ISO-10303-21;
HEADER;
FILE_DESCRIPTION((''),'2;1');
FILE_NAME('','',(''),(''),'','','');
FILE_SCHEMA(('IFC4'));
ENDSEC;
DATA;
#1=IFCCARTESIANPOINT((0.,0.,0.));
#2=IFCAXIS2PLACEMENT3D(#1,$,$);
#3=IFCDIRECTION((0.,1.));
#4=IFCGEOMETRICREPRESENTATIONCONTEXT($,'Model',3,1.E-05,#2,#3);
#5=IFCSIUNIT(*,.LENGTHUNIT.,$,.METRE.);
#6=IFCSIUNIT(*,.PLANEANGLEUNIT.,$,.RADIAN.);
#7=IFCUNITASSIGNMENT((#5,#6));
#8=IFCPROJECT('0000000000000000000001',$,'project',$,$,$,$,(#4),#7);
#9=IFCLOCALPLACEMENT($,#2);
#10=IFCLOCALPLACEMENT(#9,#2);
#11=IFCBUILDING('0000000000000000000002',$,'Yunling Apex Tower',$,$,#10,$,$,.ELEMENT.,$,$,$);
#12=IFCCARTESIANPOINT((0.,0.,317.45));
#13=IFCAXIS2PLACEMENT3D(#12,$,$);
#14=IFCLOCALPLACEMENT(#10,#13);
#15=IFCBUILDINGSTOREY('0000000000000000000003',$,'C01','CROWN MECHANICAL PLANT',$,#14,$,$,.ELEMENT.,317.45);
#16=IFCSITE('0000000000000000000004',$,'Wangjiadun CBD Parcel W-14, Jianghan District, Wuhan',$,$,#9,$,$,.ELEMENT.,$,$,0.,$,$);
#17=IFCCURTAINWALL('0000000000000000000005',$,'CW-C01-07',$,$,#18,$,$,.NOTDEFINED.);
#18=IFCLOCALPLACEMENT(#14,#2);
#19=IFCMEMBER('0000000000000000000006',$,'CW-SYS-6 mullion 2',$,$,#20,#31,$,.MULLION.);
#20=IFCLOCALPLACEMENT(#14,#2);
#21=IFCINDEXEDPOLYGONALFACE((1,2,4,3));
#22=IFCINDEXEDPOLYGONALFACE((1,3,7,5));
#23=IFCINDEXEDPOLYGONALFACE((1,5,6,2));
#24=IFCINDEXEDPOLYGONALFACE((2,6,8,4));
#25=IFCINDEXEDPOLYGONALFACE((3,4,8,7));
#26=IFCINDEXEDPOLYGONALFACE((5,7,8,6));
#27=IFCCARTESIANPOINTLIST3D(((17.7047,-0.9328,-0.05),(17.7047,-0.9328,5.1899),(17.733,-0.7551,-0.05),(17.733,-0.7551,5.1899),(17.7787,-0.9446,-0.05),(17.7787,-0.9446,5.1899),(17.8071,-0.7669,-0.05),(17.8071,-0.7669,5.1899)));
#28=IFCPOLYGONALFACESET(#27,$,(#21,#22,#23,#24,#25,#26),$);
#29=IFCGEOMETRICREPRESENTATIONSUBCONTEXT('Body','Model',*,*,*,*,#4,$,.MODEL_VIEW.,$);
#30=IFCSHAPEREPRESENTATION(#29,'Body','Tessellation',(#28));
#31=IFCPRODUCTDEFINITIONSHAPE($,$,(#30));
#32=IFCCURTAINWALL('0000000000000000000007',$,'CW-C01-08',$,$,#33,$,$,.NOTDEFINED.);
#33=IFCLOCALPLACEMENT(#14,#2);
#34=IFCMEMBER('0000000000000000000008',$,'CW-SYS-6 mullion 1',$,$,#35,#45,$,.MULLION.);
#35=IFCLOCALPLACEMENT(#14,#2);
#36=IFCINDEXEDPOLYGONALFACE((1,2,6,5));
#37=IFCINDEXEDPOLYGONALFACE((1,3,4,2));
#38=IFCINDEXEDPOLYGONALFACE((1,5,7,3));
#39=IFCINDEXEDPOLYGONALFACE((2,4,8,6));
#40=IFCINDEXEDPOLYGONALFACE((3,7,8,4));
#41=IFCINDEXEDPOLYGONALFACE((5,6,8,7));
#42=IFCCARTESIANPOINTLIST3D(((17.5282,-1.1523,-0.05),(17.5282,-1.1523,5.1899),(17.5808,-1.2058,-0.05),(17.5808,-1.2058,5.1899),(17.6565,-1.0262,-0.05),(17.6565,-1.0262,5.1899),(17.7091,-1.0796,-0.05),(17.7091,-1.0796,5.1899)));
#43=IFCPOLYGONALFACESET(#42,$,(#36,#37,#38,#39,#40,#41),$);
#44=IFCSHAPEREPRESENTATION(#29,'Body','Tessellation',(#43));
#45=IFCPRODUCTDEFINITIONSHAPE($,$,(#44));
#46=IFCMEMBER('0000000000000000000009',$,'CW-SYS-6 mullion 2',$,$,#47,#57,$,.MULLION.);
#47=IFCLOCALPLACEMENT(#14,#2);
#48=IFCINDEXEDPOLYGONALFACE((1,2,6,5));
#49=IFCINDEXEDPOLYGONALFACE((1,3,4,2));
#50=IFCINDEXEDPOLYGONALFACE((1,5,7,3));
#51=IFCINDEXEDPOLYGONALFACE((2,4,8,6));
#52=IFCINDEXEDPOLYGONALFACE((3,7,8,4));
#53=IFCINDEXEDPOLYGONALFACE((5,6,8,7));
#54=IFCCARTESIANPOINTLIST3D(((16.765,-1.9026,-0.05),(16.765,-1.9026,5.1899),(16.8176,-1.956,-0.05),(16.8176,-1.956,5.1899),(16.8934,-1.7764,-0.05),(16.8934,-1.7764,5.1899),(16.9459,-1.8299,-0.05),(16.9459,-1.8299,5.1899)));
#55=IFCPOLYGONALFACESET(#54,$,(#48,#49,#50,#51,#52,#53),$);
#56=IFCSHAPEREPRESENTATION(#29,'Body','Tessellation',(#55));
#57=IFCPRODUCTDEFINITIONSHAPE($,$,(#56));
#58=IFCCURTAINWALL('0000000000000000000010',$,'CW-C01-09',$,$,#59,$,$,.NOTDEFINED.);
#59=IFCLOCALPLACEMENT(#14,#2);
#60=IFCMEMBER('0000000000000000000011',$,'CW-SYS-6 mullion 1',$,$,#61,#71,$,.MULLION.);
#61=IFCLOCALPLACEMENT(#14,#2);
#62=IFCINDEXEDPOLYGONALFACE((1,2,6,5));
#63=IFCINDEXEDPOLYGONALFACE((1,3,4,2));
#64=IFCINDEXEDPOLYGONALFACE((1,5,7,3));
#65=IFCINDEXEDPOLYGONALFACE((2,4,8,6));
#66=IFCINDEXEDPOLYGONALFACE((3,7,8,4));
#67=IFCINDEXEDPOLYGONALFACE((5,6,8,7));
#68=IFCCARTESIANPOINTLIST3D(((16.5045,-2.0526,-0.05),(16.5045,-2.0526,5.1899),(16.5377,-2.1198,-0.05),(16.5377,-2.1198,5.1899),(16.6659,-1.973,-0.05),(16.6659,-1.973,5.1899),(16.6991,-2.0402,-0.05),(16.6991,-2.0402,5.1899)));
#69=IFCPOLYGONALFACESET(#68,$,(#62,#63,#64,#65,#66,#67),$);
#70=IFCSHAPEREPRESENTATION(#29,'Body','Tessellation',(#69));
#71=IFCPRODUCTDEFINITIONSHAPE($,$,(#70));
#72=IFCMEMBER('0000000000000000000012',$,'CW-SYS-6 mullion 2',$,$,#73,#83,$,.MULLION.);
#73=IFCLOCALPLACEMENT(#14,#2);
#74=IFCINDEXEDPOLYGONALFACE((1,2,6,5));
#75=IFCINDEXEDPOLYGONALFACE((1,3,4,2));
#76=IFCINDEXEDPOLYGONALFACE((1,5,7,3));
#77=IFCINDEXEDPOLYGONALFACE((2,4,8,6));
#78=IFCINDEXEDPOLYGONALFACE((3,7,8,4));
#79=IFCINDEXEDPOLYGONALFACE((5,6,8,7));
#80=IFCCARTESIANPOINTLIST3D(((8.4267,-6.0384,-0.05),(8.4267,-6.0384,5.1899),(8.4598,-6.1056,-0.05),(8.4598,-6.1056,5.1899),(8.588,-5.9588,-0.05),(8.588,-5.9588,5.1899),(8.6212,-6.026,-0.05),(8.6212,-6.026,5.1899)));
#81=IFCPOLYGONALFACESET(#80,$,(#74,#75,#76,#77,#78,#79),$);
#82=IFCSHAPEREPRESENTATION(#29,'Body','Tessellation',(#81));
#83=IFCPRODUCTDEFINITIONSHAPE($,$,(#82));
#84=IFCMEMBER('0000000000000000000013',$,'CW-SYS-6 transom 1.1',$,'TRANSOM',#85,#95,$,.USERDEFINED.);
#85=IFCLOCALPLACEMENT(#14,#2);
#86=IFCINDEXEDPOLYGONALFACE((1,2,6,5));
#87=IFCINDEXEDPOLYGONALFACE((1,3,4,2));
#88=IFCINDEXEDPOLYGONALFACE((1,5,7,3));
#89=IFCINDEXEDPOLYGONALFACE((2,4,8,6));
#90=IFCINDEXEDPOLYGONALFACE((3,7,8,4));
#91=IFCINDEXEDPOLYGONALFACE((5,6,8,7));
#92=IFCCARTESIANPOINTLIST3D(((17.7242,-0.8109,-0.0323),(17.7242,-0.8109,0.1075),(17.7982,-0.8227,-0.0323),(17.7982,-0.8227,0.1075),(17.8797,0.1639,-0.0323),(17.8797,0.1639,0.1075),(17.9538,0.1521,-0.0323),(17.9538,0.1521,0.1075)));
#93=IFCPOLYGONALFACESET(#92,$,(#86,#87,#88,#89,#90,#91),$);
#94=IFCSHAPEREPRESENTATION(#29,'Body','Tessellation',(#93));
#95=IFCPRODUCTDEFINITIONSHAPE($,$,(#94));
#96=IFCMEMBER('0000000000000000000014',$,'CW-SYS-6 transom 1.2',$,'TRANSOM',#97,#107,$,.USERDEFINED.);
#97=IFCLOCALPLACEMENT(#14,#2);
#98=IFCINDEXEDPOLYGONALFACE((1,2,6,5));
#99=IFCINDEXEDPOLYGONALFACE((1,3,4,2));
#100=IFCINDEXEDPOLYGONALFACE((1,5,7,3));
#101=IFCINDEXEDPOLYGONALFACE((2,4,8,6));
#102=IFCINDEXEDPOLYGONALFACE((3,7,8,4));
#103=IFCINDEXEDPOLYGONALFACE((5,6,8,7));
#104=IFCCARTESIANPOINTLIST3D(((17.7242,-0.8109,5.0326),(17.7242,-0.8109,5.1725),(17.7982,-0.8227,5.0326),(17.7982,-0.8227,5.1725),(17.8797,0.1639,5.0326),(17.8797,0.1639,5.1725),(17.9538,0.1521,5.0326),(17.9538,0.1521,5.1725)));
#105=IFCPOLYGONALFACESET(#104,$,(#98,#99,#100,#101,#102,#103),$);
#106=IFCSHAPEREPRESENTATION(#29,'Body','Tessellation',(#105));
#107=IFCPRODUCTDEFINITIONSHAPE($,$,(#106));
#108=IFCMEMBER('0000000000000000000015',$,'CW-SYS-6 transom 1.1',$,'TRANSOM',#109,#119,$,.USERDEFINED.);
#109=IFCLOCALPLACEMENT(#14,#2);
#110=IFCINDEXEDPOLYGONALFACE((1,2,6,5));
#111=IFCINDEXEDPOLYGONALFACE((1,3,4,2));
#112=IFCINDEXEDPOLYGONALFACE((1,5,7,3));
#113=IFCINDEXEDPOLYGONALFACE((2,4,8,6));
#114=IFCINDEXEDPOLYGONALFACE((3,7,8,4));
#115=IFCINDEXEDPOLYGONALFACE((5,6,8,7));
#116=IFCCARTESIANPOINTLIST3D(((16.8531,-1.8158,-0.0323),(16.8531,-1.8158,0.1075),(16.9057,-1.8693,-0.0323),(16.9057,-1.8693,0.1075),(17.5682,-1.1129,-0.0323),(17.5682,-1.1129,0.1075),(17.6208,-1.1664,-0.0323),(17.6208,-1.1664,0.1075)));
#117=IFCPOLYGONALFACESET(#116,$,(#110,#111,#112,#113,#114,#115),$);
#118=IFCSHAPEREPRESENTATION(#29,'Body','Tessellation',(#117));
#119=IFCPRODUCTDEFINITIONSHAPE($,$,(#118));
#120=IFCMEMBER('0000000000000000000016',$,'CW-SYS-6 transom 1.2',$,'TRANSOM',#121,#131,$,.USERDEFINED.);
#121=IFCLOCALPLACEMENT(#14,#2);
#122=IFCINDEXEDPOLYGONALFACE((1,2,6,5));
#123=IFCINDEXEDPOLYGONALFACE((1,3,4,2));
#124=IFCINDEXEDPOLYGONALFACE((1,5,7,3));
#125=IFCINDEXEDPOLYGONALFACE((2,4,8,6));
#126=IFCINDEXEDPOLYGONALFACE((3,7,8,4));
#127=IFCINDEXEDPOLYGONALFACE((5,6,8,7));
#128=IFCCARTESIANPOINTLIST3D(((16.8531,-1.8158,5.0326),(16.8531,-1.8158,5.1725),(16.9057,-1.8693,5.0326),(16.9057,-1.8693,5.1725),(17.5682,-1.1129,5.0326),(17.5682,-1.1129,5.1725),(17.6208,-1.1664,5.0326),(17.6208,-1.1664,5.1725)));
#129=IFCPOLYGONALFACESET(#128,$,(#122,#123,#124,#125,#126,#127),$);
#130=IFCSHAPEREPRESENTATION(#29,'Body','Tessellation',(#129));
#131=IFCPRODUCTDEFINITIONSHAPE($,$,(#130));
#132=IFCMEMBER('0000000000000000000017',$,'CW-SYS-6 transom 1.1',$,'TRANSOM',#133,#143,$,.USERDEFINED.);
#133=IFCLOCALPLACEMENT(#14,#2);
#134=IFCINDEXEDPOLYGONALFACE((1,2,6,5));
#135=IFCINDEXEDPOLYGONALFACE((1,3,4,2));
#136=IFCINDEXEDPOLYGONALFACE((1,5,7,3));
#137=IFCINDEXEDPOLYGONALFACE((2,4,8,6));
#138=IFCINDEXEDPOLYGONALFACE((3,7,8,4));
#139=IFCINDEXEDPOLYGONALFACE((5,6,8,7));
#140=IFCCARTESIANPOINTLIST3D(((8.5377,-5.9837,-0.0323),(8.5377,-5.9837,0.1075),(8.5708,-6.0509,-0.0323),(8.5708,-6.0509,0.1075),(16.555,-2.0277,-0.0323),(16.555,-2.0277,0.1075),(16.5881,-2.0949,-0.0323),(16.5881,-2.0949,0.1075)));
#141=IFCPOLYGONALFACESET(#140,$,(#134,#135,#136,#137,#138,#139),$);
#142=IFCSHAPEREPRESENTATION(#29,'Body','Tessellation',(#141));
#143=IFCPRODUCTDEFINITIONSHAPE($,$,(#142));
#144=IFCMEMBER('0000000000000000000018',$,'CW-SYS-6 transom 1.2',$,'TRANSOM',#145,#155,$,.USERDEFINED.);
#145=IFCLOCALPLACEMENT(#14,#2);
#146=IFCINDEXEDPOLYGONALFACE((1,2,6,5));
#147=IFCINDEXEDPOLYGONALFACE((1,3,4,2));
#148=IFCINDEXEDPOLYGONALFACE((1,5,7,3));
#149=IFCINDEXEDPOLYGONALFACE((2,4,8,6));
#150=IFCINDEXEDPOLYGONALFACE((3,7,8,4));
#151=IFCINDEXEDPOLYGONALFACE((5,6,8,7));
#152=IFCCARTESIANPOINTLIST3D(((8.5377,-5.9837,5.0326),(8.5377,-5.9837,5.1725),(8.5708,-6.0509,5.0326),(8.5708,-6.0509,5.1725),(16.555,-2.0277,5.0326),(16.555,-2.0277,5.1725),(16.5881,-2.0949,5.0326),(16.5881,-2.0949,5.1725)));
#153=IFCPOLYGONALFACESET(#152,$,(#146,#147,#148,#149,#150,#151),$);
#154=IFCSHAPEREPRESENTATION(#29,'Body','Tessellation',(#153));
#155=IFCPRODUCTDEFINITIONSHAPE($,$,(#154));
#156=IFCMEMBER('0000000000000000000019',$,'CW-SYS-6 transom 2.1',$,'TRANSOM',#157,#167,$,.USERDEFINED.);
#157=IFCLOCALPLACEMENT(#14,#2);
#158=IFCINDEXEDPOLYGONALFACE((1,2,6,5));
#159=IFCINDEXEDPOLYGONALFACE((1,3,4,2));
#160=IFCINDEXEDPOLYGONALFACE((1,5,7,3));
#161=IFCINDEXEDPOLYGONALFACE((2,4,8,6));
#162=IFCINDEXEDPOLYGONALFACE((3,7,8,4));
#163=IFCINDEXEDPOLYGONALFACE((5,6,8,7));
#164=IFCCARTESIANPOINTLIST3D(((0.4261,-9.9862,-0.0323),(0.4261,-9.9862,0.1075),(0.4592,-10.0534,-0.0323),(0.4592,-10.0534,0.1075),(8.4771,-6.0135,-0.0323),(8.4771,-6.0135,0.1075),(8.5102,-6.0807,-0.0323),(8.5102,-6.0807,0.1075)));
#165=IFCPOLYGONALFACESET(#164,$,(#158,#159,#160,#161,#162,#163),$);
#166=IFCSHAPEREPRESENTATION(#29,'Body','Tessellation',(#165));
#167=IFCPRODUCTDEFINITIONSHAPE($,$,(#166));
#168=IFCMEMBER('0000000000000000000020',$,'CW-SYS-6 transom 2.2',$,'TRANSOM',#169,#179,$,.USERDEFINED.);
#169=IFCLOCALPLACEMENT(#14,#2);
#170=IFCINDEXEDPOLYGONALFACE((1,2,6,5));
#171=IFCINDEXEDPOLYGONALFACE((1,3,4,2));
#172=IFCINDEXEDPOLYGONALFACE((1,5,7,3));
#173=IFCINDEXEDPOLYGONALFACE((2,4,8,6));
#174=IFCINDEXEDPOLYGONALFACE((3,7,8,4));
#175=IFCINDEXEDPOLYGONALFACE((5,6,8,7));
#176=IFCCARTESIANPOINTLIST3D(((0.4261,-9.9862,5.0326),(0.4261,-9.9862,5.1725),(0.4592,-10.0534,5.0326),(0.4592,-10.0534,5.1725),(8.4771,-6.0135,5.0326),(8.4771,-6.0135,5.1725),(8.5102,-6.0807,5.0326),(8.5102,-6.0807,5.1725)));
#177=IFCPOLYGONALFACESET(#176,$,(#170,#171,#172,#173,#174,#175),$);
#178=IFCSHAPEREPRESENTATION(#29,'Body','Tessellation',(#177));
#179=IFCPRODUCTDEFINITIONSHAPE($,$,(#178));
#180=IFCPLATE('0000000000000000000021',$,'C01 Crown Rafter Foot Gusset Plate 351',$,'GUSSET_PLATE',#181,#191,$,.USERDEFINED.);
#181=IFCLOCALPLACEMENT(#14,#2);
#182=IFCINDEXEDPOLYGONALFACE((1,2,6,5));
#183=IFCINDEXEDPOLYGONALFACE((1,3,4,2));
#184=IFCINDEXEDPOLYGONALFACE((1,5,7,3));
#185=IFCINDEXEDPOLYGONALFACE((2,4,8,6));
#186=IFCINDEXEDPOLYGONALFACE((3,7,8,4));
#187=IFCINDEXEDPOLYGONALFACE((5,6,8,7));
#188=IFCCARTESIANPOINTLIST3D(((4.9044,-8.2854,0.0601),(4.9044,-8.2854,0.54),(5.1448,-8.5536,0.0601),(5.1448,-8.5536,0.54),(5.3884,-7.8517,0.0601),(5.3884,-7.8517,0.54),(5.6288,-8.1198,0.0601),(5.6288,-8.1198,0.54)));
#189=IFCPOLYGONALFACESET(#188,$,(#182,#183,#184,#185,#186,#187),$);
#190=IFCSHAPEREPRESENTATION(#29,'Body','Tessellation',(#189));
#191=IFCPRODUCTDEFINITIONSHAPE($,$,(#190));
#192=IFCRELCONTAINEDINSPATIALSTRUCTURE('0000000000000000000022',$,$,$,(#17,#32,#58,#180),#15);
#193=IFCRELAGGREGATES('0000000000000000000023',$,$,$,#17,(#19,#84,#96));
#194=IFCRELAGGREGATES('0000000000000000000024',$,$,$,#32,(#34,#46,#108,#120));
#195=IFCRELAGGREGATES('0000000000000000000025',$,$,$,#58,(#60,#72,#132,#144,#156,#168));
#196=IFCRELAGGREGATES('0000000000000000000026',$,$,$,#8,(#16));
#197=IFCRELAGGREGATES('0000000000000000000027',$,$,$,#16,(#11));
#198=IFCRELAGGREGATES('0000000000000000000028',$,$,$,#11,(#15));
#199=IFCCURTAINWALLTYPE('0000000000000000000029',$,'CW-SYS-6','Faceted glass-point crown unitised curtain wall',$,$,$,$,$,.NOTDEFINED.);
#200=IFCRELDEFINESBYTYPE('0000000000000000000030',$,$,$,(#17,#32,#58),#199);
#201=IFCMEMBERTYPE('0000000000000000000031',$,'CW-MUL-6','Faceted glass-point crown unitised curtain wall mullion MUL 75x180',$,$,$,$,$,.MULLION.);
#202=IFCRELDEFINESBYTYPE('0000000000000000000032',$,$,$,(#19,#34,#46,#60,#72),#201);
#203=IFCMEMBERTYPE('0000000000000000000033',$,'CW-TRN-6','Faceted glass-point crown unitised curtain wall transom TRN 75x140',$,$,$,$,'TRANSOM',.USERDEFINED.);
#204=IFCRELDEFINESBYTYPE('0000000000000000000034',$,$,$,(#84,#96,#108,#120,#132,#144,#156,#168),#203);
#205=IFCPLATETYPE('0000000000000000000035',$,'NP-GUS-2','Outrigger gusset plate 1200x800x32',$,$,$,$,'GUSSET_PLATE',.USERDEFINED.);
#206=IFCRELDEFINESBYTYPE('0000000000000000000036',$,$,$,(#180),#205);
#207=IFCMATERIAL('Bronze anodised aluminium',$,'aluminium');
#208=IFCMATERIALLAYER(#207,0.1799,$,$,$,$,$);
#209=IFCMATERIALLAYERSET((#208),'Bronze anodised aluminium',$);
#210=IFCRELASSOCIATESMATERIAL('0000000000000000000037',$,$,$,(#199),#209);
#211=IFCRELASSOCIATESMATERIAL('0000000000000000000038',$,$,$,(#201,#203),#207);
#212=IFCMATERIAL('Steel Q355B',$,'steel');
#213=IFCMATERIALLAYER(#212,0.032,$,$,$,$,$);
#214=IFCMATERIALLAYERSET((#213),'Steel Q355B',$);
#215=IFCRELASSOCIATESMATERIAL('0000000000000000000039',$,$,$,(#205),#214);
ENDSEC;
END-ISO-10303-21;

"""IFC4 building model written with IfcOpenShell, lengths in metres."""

from ifc_helpers import new_model, si_unit, direction, frame, origin, origin_2d, place, context, subcontext, project, spatial, rectangle, extrude, source, transform, mapped, material, layer, layer_set, material_profile, profile_set, type_object, element, aggregate, save


model = new_model("IFC4")

# Units and contexts
model_context = context("Model", 3, precision=1e-05, world=origin(), true_north=direction((0.0, 1.0)))
body_context = subcontext(model_context, "Body", "Model", "MODEL_VIEW")
ifc_project = project(units=[si_unit("LENGTHUNIT", "METRE"), si_unit("PLANEANGLEUNIT", "RADIAN")], contexts=[model_context])

# Site, building, storey
site_placement = place(None, origin())
site = spatial("IfcSite", under=ifc_project, at=site_placement, Name="Wangjiadun CBD Parcel W-14, Jianghan District, Wuhan", CompositionType="ELEMENT", RefElevation=0.0)
building_placement = place(site_placement, origin())
building = spatial("IfcBuilding", under=site, at=building_placement, Name="Yunling Apex Tower", CompositionType="ELEMENT")
storey_placement = place(building_placement, frame((0.0, 0.0, 317.45)))
storey = spatial("IfcBuildingStorey", under=building, at=storey_placement, Name="C01", Description="CROWN MECHANICAL PLANT", CompositionType="ELEMENT", Elevation=317.45)

# Shared definitions
ifc_material_1 = material(Name="Steel Q355B", Category="steel")

# Curtain wall, member
ifc_material_2 = material(Name="Bronze anodised aluminium", Category="aluminium")
ifc_layer_1 = layer(ifc_material_2, 0.1799)
ifc_layer_set_1 = layer_set([ifc_layer_1], Name="Bronze anodised aluminium")
curtain_wall_type = type_object("IfcCurtainWallType", Name="CW-SYS-6", Description="Faceted glass-point crown unitised curtain wall", PredefinedType="NOTDEFINED", material=ifc_layer_set_1)
curtain_wall_1_placement = place(storey_placement, origin())
curtain_wall_1 = element("IfcCurtainWall", 1, at=curtain_wall_1_placement, inside=storey, type_object=curtain_wall_type, Name="CW-C01-07", PredefinedType="NOTDEFINED")
ifc_material_profile_1 = material_profile(ifc_material_2, rectangle(XDim=0.075, YDim=0.1799, at=origin_2d()))
ifc_profile_set_1 = profile_set([ifc_material_profile_1], Name="Bronze anodised aluminium")
member_type_1 = type_object("IfcMemberType", Name="CW-MUL-6", Description="Faceted glass-point crown unitised curtain wall mullion MUL 75x180", PredefinedType="MULLION", material=ifc_profile_set_1)
shared_shape_1 = source(origin(), body_context, "Body", "SweptSolid", [
    extrude(rectangle(XDim=0.075, YDim=0.1799, at=origin_2d()), origin(), (0.0, 0.0, 1.0), 5.24),
])
member_1_placement = place(storey_placement, frame((17.7559, -0.8499, -0.05), z_axis=(0.0, 0.0, 1.0), x_axis=(0.987473, -0.15779, 0.0)))
member_1 = element("IfcMember", 2, at=member_1_placement, type_object=member_type_1, Name="CW-SYS-6 mullion 2", PredefinedType="MULLION", context=body_context, shape_type="MappedRepresentation", body=[
    mapped(shared_shape_1, transform((0.0, 0.0, 0.0), scale=1.0)),
])

# Curtain walls, members
curtain_wall_2_placement = place(storey_placement, origin())
curtain_wall_2 = element("IfcCurtainWall", 3, at=curtain_wall_2_placement, inside=storey, type_object=curtain_wall_type, Name="CW-C01-08", PredefinedType="NOTDEFINED")
member_2_placement = place(storey_placement, frame((17.6187, -1.116, -0.05), z_axis=(0.0, 0.0, 1.0), x_axis=(0.701056, -0.713106, 0.0)))
member_2 = element("IfcMember", 4, at=member_2_placement, type_object=member_type_1, Name="CW-SYS-6 mullion 1", PredefinedType="MULLION", context=body_context, shape_type="MappedRepresentation", body=[
    mapped(shared_shape_1, transform((0.0, 0.0, 0.0), scale=1.0)),
])
member_3_placement = place(storey_placement, frame((16.8555, -1.8662, -0.05), z_axis=(0.0, 0.0, 1.0), x_axis=(0.701056, -0.713106, 0.0)))
member_3 = element("IfcMember", 5, at=member_3_placement, type_object=member_type_1, Name="CW-SYS-6 mullion 2", PredefinedType="MULLION", context=body_context, shape_type="MappedRepresentation", body=[
    mapped(shared_shape_1, transform((0.0, 0.0, 0.0), scale=1.0)),
])
curtain_wall_3_placement = place(storey_placement, origin())
curtain_wall_3 = element("IfcCurtainWall", 6, at=curtain_wall_3_placement, inside=storey, type_object=curtain_wall_type, Name="CW-C01-09", PredefinedType="NOTDEFINED")
member_4_placement = place(storey_placement, frame((16.6018, -2.0464, -0.05), z_axis=(0.0, 0.0, 1.0), x_axis=(0.442496, -0.89677, 0.0)))
member_4 = element("IfcMember", 7, at=member_4_placement, type_object=member_type_1, Name="CW-SYS-6 mullion 1", PredefinedType="MULLION", context=body_context, shape_type="MappedRepresentation", body=[
    mapped(shared_shape_1, transform((0.0, 0.0, 0.0), scale=1.0)),
])
member_5_placement = place(storey_placement, frame((8.5239, -6.0322, -0.05), z_axis=(0.0, 0.0, 1.0), x_axis=(0.442496, -0.89677, 0.0)))
member_5 = element("IfcMember", 8, at=member_5_placement, type_object=member_type_1, Name="CW-SYS-6 mullion 2", PredefinedType="MULLION", context=body_context, shape_type="MappedRepresentation", body=[
    mapped(shared_shape_1, transform((0.0, 0.0, 0.0), scale=1.0)),
])

# Members
ifc_material_profile_2 = material_profile(ifc_material_2, rectangle(XDim=0.075, YDim=0.1399, at=origin_2d()))
ifc_profile_set_2 = profile_set([ifc_material_profile_2], Name="Bronze anodised aluminium")
member_type_2 = type_object("IfcMemberType", Name="CW-TRN-6", Description="Faceted glass-point crown unitised curtain wall transom TRN 75x140", ElementType="TRANSOM", PredefinedType="USERDEFINED", material=ifc_profile_set_2)
shared_shape_2 = source(origin(), body_context, "Body", "SweptSolid", [
    extrude(rectangle(XDim=0.075, YDim=0.1399, at=origin_2d()), origin(), (0.0, 0.0, 1.0), 0.9871),
])
member_6_placement = place(storey_placement, frame((17.9167, 0.158, 0.0376), z_axis=(-0.157576, -0.987507, 0.0), x_axis=(0.987507, -0.157576, 0.0)))
member_6 = element("IfcMember", 9, at=member_6_placement, type_object=member_type_2, Name="CW-SYS-6 transom 1.1", ObjectType="TRANSOM", PredefinedType="USERDEFINED", context=body_context, shape_type="MappedRepresentation", body=[
    mapped(shared_shape_2, transform((0.0, 0.0, 0.0), scale=1.0)),
])
member_7_placement = place(storey_placement, frame((17.9167, 0.158, 5.1025), z_axis=(-0.157576, -0.987507, 0.0), x_axis=(0.987507, -0.157576, 0.0)))
member_7 = element("IfcMember", 10, at=member_7_placement, type_object=member_type_2, Name="CW-SYS-6 transom 1.2", ObjectType="TRANSOM", PredefinedType="USERDEFINED", context=body_context, shape_type="MappedRepresentation", body=[
    mapped(shared_shape_2, transform((0.0, 0.0, 0.0), scale=1.0)),
])
shared_shape_3 = source(origin(), body_context, "Body", "SweptSolid", [
    extrude(rectangle(XDim=0.075, YDim=0.1399, at=origin_2d()), origin(), (0.0, 0.0, 1.0), 1.0027),
])
member_8_placement = place(storey_placement, frame((17.5945, -1.1396, 0.0376), z_axis=(-0.713168, -0.700993, 0.0), x_axis=(0.700993, -0.713168, 0.0)))
member_8 = element("IfcMember", 11, at=member_8_placement, type_object=member_type_2, Name="CW-SYS-6 transom 1.1", ObjectType="TRANSOM", PredefinedType="USERDEFINED", context=body_context, shape_type="MappedRepresentation", body=[
    mapped(shared_shape_3, transform((0.0, 0.0, 0.0), scale=1.0)),
])
member_9_placement = place(storey_placement, frame((17.5945, -1.1396, 5.1025), z_axis=(-0.713168, -0.700993, 0.0), x_axis=(0.700993, -0.713168, 0.0)))
member_9 = element("IfcMember", 12, at=member_9_placement, type_object=member_type_2, Name="CW-SYS-6 transom 1.2", ObjectType="TRANSOM", PredefinedType="USERDEFINED", context=body_context, shape_type="MappedRepresentation", body=[
    mapped(shared_shape_3, transform((0.0, 0.0, 0.0), scale=1.0)),
])
shared_shape_4 = source(origin(), body_context, "Body", "SweptSolid", [
    extrude(rectangle(XDim=0.075, YDim=0.1399, at=origin_2d()), origin(), (0.0, 0.0, 1.0), 8.9402),
])
member_10_placement = place(storey_placement, frame((16.5715, -2.0613, 0.0376), z_axis=(-0.896769, -0.442499, 0.0), x_axis=(0.442499, -0.896769, 0.0)))
member_10 = element("IfcMember", 13, at=member_10_placement, type_object=member_type_2, Name="CW-SYS-6 transom 1.1", ObjectType="TRANSOM", PredefinedType="USERDEFINED", context=body_context, shape_type="MappedRepresentation", body=[
    mapped(shared_shape_4, transform((0.0, 0.0, 0.0), scale=1.0)),
])
member_11_placement = place(storey_placement, frame((16.5715, -2.0613, 5.1025), z_axis=(-0.896769, -0.442499, 0.0), x_axis=(0.442499, -0.896769, 0.0)))
member_11 = element("IfcMember", 14, at=member_11_placement, type_object=member_type_2, Name="CW-SYS-6 transom 1.2", ObjectType="TRANSOM", PredefinedType="USERDEFINED", context=body_context, shape_type="MappedRepresentation", body=[
    mapped(shared_shape_4, transform((0.0, 0.0, 0.0), scale=1.0)),
])
shared_shape_5 = source(origin(), body_context, "Body", "SweptSolid", [
    extrude(rectangle(XDim=0.075, YDim=0.1399, at=origin_2d()), origin(), (0.0, 0.0, 1.0), 8.9778),
])
member_12_placement = place(storey_placement, frame((8.4937, -6.0471, 0.0376), z_axis=(-0.89677, -0.442497, 0.0), x_axis=(0.442497, -0.89677, 0.0)))
member_12 = element("IfcMember", 15, at=member_12_placement, type_object=member_type_2, Name="CW-SYS-6 transom 2.1", ObjectType="TRANSOM", PredefinedType="USERDEFINED", context=body_context, shape_type="MappedRepresentation", body=[
    mapped(shared_shape_5, transform((0.0, 0.0, 0.0), scale=1.0)),
])
member_13_placement = place(storey_placement, frame((8.4937, -6.0471, 5.1025), z_axis=(-0.89677, -0.442497, 0.0), x_axis=(0.442497, -0.89677, 0.0)))
member_13 = element("IfcMember", 16, at=member_13_placement, type_object=member_type_2, Name="CW-SYS-6 transom 2.2", ObjectType="TRANSOM", PredefinedType="USERDEFINED", context=body_context, shape_type="MappedRepresentation", body=[
    mapped(shared_shape_5, transform((0.0, 0.0, 0.0), scale=1.0)),
])

# Plate
ifc_layer_2 = layer(ifc_material_1, 0.032)
ifc_layer_set_2 = layer_set([ifc_layer_2], Name="Steel Q355B")
plate_type_1 = type_object("IfcPlateType", Name="NP-GUS-2", Description="Outrigger gusset plate 1200x800x32", ElementType="GUSSET_PLATE", PredefinedType="USERDEFINED", material=ifc_layer_set_2)
shared_shape_6 = source(origin(), body_context, "Body", "SweptSolid", [
    extrude(rectangle(XDim=0.6499, YDim=0.3601, at=origin_2d()), origin(), (0.0, 0.0, 1.0), 0.48),
])
plate_1_placement = place(storey_placement, frame((5.2666, -8.2026, 0.0601), z_axis=(0.0, 0.0, 1.0), x_axis=(0.744661, 0.667443, 0.0)))
element("IfcPlate", 17, at=plate_1_placement, inside=storey, type_object=plate_type_1, Name="C01 Crown Rafter Foot Gusset Plate 351", ObjectType="GUSSET_PLATE", PredefinedType="USERDEFINED", context=body_context, shape_type="MappedRepresentation", body=[
    mapped(shared_shape_6, transform((0.0, 0.0, 0.0), scale=1.0)),
])

aggregate(curtain_wall_1, [member_1, member_6, member_7])
aggregate(curtain_wall_2, [member_2, member_3, member_8, member_9])
aggregate(curtain_wall_3, [member_4, member_5, member_10, member_11, member_12, member_13])

save(model, "model.ifc")
